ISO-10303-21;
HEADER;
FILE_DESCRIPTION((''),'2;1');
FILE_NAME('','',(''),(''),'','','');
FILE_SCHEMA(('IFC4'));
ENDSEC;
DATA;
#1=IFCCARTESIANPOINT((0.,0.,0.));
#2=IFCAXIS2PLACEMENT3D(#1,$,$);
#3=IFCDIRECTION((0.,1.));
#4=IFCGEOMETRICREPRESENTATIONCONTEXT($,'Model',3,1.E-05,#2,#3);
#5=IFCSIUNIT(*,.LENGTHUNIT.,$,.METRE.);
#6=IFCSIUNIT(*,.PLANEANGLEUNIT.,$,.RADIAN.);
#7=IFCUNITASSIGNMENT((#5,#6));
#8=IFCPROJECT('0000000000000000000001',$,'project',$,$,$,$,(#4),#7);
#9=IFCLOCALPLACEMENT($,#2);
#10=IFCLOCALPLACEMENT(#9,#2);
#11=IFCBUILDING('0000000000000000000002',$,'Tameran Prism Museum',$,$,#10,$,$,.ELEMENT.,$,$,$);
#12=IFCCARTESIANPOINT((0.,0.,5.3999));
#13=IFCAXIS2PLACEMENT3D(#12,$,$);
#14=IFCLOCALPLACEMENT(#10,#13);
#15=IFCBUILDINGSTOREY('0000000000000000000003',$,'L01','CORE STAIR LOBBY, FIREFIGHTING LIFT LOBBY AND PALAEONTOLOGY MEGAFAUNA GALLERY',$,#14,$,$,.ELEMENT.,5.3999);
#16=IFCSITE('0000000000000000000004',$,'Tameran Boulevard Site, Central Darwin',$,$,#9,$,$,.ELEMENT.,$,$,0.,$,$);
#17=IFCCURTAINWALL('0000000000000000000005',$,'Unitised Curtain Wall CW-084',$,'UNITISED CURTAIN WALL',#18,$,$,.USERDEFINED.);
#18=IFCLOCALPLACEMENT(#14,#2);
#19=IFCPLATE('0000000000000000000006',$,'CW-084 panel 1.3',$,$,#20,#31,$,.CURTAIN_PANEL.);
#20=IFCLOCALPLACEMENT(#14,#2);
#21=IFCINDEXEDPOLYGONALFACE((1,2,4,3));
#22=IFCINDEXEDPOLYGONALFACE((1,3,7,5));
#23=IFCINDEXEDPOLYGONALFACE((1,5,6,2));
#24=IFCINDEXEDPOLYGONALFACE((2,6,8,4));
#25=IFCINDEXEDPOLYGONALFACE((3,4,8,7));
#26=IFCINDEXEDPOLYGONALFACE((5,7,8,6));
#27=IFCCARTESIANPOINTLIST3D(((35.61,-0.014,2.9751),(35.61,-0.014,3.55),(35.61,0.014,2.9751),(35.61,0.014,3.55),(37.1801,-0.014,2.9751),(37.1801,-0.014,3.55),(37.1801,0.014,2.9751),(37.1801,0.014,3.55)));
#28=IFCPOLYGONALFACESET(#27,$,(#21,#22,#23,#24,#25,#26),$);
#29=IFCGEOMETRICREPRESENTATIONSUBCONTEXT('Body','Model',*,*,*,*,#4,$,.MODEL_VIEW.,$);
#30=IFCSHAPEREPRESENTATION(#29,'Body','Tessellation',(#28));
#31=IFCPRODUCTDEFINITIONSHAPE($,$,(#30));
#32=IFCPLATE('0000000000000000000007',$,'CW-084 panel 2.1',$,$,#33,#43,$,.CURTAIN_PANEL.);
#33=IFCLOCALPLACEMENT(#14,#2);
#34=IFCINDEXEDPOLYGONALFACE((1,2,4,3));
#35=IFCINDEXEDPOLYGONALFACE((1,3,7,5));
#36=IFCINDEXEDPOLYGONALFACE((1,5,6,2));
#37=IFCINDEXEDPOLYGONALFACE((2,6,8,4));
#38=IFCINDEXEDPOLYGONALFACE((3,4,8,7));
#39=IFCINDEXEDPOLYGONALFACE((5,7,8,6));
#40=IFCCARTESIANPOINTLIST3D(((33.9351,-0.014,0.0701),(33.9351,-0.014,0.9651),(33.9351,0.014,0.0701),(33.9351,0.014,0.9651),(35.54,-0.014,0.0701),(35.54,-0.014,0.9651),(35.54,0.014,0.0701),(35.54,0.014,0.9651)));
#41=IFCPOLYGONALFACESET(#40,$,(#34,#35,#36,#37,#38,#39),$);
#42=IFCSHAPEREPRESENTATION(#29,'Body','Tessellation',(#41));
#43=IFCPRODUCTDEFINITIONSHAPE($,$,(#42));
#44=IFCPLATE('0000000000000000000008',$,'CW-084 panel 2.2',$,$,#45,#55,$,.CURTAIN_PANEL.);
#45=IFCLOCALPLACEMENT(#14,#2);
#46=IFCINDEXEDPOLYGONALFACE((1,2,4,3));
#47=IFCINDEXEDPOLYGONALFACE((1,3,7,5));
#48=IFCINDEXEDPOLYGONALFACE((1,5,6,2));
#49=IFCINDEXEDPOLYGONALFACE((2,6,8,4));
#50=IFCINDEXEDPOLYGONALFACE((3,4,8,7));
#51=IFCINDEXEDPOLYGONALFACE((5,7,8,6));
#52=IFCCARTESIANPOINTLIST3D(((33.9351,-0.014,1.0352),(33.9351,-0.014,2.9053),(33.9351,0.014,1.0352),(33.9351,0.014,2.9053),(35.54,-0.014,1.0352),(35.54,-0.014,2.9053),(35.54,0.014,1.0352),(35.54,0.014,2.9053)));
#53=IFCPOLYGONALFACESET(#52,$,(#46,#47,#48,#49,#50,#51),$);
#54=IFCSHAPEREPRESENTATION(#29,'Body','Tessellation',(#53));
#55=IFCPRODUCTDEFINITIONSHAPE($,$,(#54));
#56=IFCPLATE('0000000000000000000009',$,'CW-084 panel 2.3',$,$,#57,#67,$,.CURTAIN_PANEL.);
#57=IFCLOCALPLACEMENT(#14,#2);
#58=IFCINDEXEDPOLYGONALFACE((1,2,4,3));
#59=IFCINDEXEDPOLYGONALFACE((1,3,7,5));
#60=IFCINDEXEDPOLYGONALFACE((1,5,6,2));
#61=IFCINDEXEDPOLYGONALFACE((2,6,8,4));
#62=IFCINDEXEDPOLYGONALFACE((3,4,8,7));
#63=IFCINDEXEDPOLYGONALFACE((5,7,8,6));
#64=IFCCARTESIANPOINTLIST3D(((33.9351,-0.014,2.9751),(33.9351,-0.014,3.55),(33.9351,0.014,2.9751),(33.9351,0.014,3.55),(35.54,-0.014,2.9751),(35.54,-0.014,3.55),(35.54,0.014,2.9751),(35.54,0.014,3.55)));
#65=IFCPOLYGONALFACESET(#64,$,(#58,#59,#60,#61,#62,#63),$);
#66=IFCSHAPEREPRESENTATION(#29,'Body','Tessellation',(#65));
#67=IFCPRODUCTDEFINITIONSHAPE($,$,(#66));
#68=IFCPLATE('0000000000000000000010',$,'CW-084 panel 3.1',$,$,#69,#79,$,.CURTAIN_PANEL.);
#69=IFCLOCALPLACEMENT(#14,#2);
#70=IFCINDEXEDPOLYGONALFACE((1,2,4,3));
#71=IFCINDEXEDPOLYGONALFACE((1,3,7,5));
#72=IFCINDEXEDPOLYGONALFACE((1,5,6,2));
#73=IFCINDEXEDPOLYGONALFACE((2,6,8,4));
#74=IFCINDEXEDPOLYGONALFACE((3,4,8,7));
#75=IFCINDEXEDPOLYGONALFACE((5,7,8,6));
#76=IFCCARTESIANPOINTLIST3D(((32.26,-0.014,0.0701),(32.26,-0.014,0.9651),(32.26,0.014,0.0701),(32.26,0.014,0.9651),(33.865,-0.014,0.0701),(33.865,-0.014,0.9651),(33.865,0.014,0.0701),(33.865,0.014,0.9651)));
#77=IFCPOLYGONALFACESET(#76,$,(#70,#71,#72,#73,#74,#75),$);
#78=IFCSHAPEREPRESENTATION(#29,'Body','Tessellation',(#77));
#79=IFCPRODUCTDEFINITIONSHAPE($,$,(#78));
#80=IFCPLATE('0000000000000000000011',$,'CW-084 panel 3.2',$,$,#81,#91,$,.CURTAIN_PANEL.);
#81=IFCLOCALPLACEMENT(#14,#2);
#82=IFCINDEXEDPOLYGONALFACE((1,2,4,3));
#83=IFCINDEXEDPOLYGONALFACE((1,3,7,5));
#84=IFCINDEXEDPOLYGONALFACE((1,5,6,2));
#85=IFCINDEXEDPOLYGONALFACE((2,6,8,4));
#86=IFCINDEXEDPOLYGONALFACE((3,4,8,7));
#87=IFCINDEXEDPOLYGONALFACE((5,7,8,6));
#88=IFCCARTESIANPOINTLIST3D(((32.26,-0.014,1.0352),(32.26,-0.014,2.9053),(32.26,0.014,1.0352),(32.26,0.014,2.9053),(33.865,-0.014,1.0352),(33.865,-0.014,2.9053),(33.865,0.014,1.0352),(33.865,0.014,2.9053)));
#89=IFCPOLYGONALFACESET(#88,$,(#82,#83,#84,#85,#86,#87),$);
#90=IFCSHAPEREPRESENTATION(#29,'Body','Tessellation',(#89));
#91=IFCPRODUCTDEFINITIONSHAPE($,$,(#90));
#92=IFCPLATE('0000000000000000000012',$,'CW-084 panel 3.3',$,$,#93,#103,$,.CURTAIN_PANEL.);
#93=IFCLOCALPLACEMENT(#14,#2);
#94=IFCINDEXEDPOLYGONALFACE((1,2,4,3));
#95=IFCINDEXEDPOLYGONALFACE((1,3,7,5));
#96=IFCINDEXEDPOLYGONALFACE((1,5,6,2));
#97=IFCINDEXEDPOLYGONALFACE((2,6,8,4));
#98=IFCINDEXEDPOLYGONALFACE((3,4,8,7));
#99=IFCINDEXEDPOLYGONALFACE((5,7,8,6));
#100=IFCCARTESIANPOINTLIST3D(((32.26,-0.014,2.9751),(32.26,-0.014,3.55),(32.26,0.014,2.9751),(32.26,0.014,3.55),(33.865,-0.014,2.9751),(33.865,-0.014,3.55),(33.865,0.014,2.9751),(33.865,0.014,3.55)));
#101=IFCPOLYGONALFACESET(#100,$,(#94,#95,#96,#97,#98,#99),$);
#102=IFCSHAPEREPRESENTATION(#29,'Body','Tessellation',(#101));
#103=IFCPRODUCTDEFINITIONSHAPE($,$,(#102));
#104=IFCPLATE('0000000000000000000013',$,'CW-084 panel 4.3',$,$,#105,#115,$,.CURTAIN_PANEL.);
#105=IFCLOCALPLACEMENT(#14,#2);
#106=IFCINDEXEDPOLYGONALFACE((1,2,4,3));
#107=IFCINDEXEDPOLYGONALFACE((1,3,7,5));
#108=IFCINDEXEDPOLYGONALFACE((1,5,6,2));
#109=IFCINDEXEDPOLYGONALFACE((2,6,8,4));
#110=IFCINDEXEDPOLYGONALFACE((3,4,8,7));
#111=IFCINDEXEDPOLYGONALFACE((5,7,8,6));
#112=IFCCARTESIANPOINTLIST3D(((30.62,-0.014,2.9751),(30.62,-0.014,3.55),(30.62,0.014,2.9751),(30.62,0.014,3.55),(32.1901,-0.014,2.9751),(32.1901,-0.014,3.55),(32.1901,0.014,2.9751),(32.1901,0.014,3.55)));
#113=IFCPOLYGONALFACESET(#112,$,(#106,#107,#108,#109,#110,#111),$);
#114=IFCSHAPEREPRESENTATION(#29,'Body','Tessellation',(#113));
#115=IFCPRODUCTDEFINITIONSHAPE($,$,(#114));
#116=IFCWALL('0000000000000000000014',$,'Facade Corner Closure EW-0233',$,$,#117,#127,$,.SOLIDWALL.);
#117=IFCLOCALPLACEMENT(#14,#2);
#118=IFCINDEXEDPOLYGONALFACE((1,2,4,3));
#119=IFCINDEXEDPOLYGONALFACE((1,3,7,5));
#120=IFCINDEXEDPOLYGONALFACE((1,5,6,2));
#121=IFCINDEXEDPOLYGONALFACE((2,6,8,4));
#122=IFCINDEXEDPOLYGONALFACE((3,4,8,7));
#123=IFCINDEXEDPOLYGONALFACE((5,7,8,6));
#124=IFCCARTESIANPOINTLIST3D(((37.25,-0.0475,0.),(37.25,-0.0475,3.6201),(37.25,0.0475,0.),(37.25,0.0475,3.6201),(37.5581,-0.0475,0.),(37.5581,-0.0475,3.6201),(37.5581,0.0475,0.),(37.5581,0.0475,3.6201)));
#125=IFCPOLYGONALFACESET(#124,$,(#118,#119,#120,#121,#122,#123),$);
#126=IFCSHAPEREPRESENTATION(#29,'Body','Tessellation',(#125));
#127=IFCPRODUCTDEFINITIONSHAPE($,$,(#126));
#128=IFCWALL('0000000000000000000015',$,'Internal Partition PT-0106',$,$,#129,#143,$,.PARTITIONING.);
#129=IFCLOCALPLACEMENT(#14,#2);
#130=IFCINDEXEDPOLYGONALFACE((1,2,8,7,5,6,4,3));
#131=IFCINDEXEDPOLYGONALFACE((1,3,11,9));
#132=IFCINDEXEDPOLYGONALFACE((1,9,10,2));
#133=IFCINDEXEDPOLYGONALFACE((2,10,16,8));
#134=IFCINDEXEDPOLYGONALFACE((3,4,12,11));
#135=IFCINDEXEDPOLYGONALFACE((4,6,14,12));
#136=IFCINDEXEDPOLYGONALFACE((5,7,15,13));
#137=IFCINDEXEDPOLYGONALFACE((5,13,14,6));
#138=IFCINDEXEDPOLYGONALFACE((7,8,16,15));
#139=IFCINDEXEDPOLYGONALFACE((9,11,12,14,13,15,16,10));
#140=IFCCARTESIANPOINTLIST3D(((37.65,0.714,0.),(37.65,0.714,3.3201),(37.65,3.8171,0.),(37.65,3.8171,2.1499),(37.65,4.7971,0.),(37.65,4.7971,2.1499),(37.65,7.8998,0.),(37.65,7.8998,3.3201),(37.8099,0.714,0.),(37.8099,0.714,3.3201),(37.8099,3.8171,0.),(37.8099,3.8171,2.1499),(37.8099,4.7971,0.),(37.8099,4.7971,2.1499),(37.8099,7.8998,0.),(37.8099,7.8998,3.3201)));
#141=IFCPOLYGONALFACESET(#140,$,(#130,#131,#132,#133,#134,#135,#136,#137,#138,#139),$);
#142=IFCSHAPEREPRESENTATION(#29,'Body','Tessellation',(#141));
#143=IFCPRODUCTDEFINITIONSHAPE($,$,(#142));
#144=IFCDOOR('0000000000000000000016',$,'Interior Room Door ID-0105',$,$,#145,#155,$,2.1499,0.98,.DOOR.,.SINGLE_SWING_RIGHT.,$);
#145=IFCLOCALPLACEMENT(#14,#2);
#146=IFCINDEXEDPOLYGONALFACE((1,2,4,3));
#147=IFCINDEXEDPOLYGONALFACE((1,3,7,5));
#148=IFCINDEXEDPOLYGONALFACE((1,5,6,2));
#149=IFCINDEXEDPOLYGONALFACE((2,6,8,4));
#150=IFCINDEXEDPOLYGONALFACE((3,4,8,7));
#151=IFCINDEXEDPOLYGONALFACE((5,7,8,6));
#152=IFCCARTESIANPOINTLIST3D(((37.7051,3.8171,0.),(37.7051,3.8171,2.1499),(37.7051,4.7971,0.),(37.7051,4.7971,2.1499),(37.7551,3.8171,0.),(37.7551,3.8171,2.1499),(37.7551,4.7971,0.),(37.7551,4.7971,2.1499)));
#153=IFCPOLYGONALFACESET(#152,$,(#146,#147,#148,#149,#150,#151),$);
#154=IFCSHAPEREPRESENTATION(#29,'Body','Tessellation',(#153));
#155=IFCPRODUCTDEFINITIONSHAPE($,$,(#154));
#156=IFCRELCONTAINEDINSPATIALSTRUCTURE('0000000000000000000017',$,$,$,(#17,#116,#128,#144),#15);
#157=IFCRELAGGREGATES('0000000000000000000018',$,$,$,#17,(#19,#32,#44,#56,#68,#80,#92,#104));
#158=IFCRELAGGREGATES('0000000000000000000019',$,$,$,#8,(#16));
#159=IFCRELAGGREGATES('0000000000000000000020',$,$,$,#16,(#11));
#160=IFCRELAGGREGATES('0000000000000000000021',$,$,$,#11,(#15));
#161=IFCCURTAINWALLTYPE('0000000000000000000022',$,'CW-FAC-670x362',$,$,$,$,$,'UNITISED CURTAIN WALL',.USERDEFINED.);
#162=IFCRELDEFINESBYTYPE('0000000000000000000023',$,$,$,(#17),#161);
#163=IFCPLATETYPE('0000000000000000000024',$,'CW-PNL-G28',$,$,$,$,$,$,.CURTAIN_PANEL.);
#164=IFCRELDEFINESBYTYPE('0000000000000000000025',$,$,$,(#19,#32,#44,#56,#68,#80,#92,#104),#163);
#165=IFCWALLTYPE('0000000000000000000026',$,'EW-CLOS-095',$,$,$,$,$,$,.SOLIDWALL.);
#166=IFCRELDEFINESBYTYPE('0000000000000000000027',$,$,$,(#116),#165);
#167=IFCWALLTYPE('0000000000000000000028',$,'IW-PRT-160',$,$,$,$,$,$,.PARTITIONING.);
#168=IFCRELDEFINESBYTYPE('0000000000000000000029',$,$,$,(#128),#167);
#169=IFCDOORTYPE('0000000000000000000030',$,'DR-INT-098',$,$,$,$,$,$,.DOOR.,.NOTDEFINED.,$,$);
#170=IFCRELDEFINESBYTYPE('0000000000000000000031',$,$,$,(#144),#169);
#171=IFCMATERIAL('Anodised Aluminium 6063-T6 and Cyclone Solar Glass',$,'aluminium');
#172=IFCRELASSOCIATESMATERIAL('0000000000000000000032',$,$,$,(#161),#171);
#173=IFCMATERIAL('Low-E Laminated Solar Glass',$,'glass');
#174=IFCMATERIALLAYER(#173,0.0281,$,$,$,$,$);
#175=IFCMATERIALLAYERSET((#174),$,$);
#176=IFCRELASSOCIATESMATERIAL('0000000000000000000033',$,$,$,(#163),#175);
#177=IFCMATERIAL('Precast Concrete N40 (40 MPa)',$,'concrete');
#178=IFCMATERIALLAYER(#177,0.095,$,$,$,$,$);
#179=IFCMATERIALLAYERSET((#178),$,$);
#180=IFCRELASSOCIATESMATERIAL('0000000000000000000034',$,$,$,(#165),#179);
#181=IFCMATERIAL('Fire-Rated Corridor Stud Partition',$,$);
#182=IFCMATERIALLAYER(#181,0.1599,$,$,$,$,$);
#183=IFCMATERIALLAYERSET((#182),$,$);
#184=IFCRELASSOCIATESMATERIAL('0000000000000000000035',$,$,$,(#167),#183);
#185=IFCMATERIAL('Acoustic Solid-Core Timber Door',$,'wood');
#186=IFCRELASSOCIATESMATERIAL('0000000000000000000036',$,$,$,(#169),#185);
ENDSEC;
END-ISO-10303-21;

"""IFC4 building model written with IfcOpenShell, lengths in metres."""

from ifc_helpers import new_model, si_unit, direction, frame, frame_2d, origin, origin_2d, place, context, subcontext, project, spatial, rectangle, extrude, material, layer, layer_set, type_object, element, fill, aggregate, save


model = new_model("IFC4")

# Units and contexts
model_context = context("Model", 3, precision=1e-05, world=origin(), true_north=direction((0.0, 1.0)))
body_context = subcontext(model_context, "Body", "Model", "MODEL_VIEW")
ifc_project = project(units=[si_unit("LENGTHUNIT", "METRE"), si_unit("PLANEANGLEUNIT", "RADIAN")], contexts=[model_context])

# Site, building, storey
site_placement = place(None, origin())
site = spatial("IfcSite", under=ifc_project, at=site_placement, Name="Tameran Boulevard Site, Central Darwin", CompositionType="ELEMENT", RefElevation=0.0)
building_placement = place(site_placement, origin())
building = spatial("IfcBuilding", under=site, at=building_placement, Name="Tameran Prism Museum", CompositionType="ELEMENT")
storey_placement = place(building_placement, frame((0.0, 0.0, 5.3999)))
storey = spatial("IfcBuildingStorey", under=building, at=storey_placement, Name="L01", Description="CORE STAIR LOBBY, FIREFIGHTING LIFT LOBBY AND PALAEONTOLOGY MEGAFAUNA GALLERY", CompositionType="ELEMENT", Elevation=5.3999)

# Curtain wall, plates
ifc_material_1 = material(Name="Anodised Aluminium 6063-T6 and Cyclone Solar Glass", Category="aluminium")
curtain_wall_type = type_object("IfcCurtainWallType", Name="CW-FAC-670x362", ElementType="UNITISED CURTAIN WALL", PredefinedType="USERDEFINED", material=ifc_material_1)
curtain_wall_placement = place(storey_placement, origin())
curtain_wall = element("IfcCurtainWall", 1, at=curtain_wall_placement, inside=storey, type_object=curtain_wall_type, Name="Unitised Curtain Wall CW-084", ObjectType="UNITISED CURTAIN WALL", PredefinedType="USERDEFINED")
ifc_material_2 = material(Name="Low-E Laminated Solar Glass", Category="glass")
ifc_layer_1 = layer(ifc_material_2, 0.0281)
ifc_layer_set_1 = layer_set([ifc_layer_1])
plate_type = type_object("IfcPlateType", Name="CW-PNL-G28", PredefinedType="CURTAIN_PANEL", material=ifc_layer_set_1)
plate_1_placement = place(storey_placement, frame((36.395, 0.0, 2.9751), z_axis=(0.0, 0.0, 1.0), x_axis=(-1.0, 0.0, 0.0)))
plate_1 = element("IfcPlate", 2, at=plate_1_placement, type_object=plate_type, Name="CW-084 panel 1.3", PredefinedType="CURTAIN_PANEL", context=body_context, shape_type="SweptSolid", body=[
    extrude(rectangle(XDim=1.5701, YDim=0.0281, at=origin_2d()), origin(), (0.0, 0.0, 1.0), 0.575),
])
plate_2_placement = place(storey_placement, frame((34.7375, 0.0, 0.0701), z_axis=(0.0, 0.0, 1.0), x_axis=(-1.0, 0.0, 0.0)))
plate_2 = element("IfcPlate", 3, at=plate_2_placement, type_object=plate_type, Name="CW-084 panel 2.1", PredefinedType="CURTAIN_PANEL", context=body_context, shape_type="SweptSolid", body=[
    extrude(rectangle(XDim=1.605, YDim=0.0281, at=origin_2d()), origin(), (0.0, 0.0, 1.0), 0.895),
])
plate_3_placement = place(storey_placement, frame((34.7375, 0.0, 1.0352), z_axis=(0.0, 0.0, 1.0), x_axis=(-1.0, 0.0, 0.0)))
plate_3 = element("IfcPlate", 4, at=plate_3_placement, type_object=plate_type, Name="CW-084 panel 2.2", PredefinedType="CURTAIN_PANEL", context=body_context, shape_type="SweptSolid", body=[
    extrude(rectangle(XDim=1.605, YDim=0.0281, at=origin_2d()), origin(), (0.0, 0.0, 1.0), 1.8701),
])
plate_4_placement = place(storey_placement, frame((34.7375, 0.0, 2.9751), z_axis=(0.0, 0.0, 1.0), x_axis=(-1.0, 0.0, 0.0)))
plate_4 = element("IfcPlate", 5, at=plate_4_placement, type_object=plate_type, Name="CW-084 panel 2.3", PredefinedType="CURTAIN_PANEL", context=body_context, shape_type="SweptSolid", body=[
    extrude(rectangle(XDim=1.605, YDim=0.0281, at=origin_2d()), origin(), (0.0, 0.0, 1.0), 0.575),
])
plate_5_placement = place(storey_placement, frame((33.0625, 0.0, 0.0701), z_axis=(0.0, 0.0, 1.0), x_axis=(-1.0, 0.0, 0.0)))
plate_5 = element("IfcPlate", 6, at=plate_5_placement, type_object=plate_type, Name="CW-084 panel 3.1", PredefinedType="CURTAIN_PANEL", context=body_context, shape_type="SweptSolid", body=[
    extrude(rectangle(XDim=1.605, YDim=0.0281, at=origin_2d()), origin(), (0.0, 0.0, 1.0), 0.895),
])
plate_6_placement = place(storey_placement, frame((33.0625, 0.0, 1.0352), z_axis=(0.0, 0.0, 1.0), x_axis=(-1.0, 0.0, 0.0)))
plate_6 = element("IfcPlate", 7, at=plate_6_placement, type_object=plate_type, Name="CW-084 panel 3.2", PredefinedType="CURTAIN_PANEL", context=body_context, shape_type="SweptSolid", body=[
    extrude(rectangle(XDim=1.605, YDim=0.0281, at=origin_2d()), origin(), (0.0, 0.0, 1.0), 1.8701),
])
plate_7_placement = place(storey_placement, frame((33.0625, 0.0, 2.9751), z_axis=(0.0, 0.0, 1.0), x_axis=(-1.0, 0.0, 0.0)))
plate_7 = element("IfcPlate", 8, at=plate_7_placement, type_object=plate_type, Name="CW-084 panel 3.3", PredefinedType="CURTAIN_PANEL", context=body_context, shape_type="SweptSolid", body=[
    extrude(rectangle(XDim=1.605, YDim=0.0281, at=origin_2d()), origin(), (0.0, 0.0, 1.0), 0.575),
])
plate_8_placement = place(storey_placement, frame((31.405, 0.0, 2.9751), z_axis=(0.0, 0.0, 1.0), x_axis=(-1.0, 0.0, 0.0)))
plate_8 = element("IfcPlate", 9, at=plate_8_placement, type_object=plate_type, Name="CW-084 panel 4.3", PredefinedType="CURTAIN_PANEL", context=body_context, shape_type="SweptSolid", body=[
    extrude(rectangle(XDim=1.5701, YDim=0.0281, at=origin_2d()), origin(), (0.0, 0.0, 1.0), 0.575),
])
aggregate(curtain_wall, [plate_1, plate_2, plate_3, plate_4, plate_5, plate_6, plate_7, plate_8])

# Wall
ifc_material_3 = material(Name="Precast Concrete N40 (40 MPa)", Category="concrete")
ifc_layer_2 = layer(ifc_material_3, 0.095)
ifc_layer_set_2 = layer_set([ifc_layer_2])
wall_type_1 = type_object("IfcWallType", Name="EW-CLOS-095", PredefinedType="SOLIDWALL", material=ifc_layer_set_2)
wall_1_placement = place(storey_placement, frame((37.5581, 0.0, 0.0), z_axis=(0.0, 0.0, 1.0), x_axis=(-1.0, 0.0, 0.0)))
element("IfcWall", 10, at=wall_1_placement, inside=storey, type_object=wall_type_1, Name="Facade Corner Closure EW-0233", PredefinedType="SOLIDWALL", context=body_context, shape_type="SweptSolid", body=[
    extrude(rectangle(XDim=0.3081, YDim=0.095, at=frame_2d((0.1541, 0.0))), origin(), (0.0, 0.0, 1.0), 3.6201),
])

# Wall, opening, door
ifc_material_4 = material(Name="Fire-Rated Corridor Stud Partition")
ifc_layer_3 = layer(ifc_material_4, 0.1599)
ifc_layer_set_3 = layer_set([ifc_layer_3])
wall_type_2 = type_object("IfcWallType", Name="IW-PRT-160", PredefinedType="PARTITIONING", material=ifc_layer_set_3)
wall_2_placement = place(storey_placement, frame((37.73, 0.7141, 0.0), z_axis=(0.0, 0.0, 1.0), x_axis=(0.0, 1.0, 0.0)))
wall_2 = element("IfcWall", 11, at=wall_2_placement, inside=storey, type_object=wall_type_2, Name="Internal Partition PT-0106", PredefinedType="PARTITIONING", context=body_context, shape_type="SweptSolid", body=[
    extrude(rectangle(XDim=7.1858, YDim=0.1599, at=frame_2d((3.5928, 0.0))), origin(), (0.0, 0.0, 1.0), 3.3201),
])
opening_placement = place(wall_2_placement, frame((3.103, 0.0, 0.0)))
opening = element("IfcOpeningElement", 12, at=opening_placement, cuts=wall_2, PredefinedType="OPENING", context=body_context, shape_type="SweptSolid", body=[
    extrude(rectangle(XDim=0.98, YDim=2.1499, at=frame_2d((0.49, 1.075))), frame((0.0, 0.0898, 0.0), z_axis=(0.0, -1.0, 0.0), x_axis=(1.0, 0.0, 0.0)), (0.0, 0.0, 1.0), 0.1799),
])
ifc_material_5 = material(Name="Acoustic Solid-Core Timber Door", Category="wood")
door_type = type_object("IfcDoorType", Name="DR-INT-098", OperationType="NOTDEFINED", PredefinedType="DOOR", material=ifc_material_5)
door_placement = place(opening_placement, origin())
door = element("IfcDoor", 13, at=door_placement, inside=storey, type_object=door_type, Name="Interior Room Door ID-0105", OperationType="SINGLE_SWING_RIGHT", OverallHeight=2.1499, OverallWidth=0.98, PredefinedType="DOOR", context=body_context, shape_type="SweptSolid", body=[
    extrude(rectangle(XDim=0.98, YDim=2.1499, at=frame_2d((0.49, 1.075))), frame((0.0, 0.0249, 0.0), z_axis=(0.0, -1.0, 0.0), x_axis=(1.0, 0.0, 0.0)), (0.0, 0.0, 1.0), 0.05),
])
fill(opening, door)

save(model, "model.ifc")
